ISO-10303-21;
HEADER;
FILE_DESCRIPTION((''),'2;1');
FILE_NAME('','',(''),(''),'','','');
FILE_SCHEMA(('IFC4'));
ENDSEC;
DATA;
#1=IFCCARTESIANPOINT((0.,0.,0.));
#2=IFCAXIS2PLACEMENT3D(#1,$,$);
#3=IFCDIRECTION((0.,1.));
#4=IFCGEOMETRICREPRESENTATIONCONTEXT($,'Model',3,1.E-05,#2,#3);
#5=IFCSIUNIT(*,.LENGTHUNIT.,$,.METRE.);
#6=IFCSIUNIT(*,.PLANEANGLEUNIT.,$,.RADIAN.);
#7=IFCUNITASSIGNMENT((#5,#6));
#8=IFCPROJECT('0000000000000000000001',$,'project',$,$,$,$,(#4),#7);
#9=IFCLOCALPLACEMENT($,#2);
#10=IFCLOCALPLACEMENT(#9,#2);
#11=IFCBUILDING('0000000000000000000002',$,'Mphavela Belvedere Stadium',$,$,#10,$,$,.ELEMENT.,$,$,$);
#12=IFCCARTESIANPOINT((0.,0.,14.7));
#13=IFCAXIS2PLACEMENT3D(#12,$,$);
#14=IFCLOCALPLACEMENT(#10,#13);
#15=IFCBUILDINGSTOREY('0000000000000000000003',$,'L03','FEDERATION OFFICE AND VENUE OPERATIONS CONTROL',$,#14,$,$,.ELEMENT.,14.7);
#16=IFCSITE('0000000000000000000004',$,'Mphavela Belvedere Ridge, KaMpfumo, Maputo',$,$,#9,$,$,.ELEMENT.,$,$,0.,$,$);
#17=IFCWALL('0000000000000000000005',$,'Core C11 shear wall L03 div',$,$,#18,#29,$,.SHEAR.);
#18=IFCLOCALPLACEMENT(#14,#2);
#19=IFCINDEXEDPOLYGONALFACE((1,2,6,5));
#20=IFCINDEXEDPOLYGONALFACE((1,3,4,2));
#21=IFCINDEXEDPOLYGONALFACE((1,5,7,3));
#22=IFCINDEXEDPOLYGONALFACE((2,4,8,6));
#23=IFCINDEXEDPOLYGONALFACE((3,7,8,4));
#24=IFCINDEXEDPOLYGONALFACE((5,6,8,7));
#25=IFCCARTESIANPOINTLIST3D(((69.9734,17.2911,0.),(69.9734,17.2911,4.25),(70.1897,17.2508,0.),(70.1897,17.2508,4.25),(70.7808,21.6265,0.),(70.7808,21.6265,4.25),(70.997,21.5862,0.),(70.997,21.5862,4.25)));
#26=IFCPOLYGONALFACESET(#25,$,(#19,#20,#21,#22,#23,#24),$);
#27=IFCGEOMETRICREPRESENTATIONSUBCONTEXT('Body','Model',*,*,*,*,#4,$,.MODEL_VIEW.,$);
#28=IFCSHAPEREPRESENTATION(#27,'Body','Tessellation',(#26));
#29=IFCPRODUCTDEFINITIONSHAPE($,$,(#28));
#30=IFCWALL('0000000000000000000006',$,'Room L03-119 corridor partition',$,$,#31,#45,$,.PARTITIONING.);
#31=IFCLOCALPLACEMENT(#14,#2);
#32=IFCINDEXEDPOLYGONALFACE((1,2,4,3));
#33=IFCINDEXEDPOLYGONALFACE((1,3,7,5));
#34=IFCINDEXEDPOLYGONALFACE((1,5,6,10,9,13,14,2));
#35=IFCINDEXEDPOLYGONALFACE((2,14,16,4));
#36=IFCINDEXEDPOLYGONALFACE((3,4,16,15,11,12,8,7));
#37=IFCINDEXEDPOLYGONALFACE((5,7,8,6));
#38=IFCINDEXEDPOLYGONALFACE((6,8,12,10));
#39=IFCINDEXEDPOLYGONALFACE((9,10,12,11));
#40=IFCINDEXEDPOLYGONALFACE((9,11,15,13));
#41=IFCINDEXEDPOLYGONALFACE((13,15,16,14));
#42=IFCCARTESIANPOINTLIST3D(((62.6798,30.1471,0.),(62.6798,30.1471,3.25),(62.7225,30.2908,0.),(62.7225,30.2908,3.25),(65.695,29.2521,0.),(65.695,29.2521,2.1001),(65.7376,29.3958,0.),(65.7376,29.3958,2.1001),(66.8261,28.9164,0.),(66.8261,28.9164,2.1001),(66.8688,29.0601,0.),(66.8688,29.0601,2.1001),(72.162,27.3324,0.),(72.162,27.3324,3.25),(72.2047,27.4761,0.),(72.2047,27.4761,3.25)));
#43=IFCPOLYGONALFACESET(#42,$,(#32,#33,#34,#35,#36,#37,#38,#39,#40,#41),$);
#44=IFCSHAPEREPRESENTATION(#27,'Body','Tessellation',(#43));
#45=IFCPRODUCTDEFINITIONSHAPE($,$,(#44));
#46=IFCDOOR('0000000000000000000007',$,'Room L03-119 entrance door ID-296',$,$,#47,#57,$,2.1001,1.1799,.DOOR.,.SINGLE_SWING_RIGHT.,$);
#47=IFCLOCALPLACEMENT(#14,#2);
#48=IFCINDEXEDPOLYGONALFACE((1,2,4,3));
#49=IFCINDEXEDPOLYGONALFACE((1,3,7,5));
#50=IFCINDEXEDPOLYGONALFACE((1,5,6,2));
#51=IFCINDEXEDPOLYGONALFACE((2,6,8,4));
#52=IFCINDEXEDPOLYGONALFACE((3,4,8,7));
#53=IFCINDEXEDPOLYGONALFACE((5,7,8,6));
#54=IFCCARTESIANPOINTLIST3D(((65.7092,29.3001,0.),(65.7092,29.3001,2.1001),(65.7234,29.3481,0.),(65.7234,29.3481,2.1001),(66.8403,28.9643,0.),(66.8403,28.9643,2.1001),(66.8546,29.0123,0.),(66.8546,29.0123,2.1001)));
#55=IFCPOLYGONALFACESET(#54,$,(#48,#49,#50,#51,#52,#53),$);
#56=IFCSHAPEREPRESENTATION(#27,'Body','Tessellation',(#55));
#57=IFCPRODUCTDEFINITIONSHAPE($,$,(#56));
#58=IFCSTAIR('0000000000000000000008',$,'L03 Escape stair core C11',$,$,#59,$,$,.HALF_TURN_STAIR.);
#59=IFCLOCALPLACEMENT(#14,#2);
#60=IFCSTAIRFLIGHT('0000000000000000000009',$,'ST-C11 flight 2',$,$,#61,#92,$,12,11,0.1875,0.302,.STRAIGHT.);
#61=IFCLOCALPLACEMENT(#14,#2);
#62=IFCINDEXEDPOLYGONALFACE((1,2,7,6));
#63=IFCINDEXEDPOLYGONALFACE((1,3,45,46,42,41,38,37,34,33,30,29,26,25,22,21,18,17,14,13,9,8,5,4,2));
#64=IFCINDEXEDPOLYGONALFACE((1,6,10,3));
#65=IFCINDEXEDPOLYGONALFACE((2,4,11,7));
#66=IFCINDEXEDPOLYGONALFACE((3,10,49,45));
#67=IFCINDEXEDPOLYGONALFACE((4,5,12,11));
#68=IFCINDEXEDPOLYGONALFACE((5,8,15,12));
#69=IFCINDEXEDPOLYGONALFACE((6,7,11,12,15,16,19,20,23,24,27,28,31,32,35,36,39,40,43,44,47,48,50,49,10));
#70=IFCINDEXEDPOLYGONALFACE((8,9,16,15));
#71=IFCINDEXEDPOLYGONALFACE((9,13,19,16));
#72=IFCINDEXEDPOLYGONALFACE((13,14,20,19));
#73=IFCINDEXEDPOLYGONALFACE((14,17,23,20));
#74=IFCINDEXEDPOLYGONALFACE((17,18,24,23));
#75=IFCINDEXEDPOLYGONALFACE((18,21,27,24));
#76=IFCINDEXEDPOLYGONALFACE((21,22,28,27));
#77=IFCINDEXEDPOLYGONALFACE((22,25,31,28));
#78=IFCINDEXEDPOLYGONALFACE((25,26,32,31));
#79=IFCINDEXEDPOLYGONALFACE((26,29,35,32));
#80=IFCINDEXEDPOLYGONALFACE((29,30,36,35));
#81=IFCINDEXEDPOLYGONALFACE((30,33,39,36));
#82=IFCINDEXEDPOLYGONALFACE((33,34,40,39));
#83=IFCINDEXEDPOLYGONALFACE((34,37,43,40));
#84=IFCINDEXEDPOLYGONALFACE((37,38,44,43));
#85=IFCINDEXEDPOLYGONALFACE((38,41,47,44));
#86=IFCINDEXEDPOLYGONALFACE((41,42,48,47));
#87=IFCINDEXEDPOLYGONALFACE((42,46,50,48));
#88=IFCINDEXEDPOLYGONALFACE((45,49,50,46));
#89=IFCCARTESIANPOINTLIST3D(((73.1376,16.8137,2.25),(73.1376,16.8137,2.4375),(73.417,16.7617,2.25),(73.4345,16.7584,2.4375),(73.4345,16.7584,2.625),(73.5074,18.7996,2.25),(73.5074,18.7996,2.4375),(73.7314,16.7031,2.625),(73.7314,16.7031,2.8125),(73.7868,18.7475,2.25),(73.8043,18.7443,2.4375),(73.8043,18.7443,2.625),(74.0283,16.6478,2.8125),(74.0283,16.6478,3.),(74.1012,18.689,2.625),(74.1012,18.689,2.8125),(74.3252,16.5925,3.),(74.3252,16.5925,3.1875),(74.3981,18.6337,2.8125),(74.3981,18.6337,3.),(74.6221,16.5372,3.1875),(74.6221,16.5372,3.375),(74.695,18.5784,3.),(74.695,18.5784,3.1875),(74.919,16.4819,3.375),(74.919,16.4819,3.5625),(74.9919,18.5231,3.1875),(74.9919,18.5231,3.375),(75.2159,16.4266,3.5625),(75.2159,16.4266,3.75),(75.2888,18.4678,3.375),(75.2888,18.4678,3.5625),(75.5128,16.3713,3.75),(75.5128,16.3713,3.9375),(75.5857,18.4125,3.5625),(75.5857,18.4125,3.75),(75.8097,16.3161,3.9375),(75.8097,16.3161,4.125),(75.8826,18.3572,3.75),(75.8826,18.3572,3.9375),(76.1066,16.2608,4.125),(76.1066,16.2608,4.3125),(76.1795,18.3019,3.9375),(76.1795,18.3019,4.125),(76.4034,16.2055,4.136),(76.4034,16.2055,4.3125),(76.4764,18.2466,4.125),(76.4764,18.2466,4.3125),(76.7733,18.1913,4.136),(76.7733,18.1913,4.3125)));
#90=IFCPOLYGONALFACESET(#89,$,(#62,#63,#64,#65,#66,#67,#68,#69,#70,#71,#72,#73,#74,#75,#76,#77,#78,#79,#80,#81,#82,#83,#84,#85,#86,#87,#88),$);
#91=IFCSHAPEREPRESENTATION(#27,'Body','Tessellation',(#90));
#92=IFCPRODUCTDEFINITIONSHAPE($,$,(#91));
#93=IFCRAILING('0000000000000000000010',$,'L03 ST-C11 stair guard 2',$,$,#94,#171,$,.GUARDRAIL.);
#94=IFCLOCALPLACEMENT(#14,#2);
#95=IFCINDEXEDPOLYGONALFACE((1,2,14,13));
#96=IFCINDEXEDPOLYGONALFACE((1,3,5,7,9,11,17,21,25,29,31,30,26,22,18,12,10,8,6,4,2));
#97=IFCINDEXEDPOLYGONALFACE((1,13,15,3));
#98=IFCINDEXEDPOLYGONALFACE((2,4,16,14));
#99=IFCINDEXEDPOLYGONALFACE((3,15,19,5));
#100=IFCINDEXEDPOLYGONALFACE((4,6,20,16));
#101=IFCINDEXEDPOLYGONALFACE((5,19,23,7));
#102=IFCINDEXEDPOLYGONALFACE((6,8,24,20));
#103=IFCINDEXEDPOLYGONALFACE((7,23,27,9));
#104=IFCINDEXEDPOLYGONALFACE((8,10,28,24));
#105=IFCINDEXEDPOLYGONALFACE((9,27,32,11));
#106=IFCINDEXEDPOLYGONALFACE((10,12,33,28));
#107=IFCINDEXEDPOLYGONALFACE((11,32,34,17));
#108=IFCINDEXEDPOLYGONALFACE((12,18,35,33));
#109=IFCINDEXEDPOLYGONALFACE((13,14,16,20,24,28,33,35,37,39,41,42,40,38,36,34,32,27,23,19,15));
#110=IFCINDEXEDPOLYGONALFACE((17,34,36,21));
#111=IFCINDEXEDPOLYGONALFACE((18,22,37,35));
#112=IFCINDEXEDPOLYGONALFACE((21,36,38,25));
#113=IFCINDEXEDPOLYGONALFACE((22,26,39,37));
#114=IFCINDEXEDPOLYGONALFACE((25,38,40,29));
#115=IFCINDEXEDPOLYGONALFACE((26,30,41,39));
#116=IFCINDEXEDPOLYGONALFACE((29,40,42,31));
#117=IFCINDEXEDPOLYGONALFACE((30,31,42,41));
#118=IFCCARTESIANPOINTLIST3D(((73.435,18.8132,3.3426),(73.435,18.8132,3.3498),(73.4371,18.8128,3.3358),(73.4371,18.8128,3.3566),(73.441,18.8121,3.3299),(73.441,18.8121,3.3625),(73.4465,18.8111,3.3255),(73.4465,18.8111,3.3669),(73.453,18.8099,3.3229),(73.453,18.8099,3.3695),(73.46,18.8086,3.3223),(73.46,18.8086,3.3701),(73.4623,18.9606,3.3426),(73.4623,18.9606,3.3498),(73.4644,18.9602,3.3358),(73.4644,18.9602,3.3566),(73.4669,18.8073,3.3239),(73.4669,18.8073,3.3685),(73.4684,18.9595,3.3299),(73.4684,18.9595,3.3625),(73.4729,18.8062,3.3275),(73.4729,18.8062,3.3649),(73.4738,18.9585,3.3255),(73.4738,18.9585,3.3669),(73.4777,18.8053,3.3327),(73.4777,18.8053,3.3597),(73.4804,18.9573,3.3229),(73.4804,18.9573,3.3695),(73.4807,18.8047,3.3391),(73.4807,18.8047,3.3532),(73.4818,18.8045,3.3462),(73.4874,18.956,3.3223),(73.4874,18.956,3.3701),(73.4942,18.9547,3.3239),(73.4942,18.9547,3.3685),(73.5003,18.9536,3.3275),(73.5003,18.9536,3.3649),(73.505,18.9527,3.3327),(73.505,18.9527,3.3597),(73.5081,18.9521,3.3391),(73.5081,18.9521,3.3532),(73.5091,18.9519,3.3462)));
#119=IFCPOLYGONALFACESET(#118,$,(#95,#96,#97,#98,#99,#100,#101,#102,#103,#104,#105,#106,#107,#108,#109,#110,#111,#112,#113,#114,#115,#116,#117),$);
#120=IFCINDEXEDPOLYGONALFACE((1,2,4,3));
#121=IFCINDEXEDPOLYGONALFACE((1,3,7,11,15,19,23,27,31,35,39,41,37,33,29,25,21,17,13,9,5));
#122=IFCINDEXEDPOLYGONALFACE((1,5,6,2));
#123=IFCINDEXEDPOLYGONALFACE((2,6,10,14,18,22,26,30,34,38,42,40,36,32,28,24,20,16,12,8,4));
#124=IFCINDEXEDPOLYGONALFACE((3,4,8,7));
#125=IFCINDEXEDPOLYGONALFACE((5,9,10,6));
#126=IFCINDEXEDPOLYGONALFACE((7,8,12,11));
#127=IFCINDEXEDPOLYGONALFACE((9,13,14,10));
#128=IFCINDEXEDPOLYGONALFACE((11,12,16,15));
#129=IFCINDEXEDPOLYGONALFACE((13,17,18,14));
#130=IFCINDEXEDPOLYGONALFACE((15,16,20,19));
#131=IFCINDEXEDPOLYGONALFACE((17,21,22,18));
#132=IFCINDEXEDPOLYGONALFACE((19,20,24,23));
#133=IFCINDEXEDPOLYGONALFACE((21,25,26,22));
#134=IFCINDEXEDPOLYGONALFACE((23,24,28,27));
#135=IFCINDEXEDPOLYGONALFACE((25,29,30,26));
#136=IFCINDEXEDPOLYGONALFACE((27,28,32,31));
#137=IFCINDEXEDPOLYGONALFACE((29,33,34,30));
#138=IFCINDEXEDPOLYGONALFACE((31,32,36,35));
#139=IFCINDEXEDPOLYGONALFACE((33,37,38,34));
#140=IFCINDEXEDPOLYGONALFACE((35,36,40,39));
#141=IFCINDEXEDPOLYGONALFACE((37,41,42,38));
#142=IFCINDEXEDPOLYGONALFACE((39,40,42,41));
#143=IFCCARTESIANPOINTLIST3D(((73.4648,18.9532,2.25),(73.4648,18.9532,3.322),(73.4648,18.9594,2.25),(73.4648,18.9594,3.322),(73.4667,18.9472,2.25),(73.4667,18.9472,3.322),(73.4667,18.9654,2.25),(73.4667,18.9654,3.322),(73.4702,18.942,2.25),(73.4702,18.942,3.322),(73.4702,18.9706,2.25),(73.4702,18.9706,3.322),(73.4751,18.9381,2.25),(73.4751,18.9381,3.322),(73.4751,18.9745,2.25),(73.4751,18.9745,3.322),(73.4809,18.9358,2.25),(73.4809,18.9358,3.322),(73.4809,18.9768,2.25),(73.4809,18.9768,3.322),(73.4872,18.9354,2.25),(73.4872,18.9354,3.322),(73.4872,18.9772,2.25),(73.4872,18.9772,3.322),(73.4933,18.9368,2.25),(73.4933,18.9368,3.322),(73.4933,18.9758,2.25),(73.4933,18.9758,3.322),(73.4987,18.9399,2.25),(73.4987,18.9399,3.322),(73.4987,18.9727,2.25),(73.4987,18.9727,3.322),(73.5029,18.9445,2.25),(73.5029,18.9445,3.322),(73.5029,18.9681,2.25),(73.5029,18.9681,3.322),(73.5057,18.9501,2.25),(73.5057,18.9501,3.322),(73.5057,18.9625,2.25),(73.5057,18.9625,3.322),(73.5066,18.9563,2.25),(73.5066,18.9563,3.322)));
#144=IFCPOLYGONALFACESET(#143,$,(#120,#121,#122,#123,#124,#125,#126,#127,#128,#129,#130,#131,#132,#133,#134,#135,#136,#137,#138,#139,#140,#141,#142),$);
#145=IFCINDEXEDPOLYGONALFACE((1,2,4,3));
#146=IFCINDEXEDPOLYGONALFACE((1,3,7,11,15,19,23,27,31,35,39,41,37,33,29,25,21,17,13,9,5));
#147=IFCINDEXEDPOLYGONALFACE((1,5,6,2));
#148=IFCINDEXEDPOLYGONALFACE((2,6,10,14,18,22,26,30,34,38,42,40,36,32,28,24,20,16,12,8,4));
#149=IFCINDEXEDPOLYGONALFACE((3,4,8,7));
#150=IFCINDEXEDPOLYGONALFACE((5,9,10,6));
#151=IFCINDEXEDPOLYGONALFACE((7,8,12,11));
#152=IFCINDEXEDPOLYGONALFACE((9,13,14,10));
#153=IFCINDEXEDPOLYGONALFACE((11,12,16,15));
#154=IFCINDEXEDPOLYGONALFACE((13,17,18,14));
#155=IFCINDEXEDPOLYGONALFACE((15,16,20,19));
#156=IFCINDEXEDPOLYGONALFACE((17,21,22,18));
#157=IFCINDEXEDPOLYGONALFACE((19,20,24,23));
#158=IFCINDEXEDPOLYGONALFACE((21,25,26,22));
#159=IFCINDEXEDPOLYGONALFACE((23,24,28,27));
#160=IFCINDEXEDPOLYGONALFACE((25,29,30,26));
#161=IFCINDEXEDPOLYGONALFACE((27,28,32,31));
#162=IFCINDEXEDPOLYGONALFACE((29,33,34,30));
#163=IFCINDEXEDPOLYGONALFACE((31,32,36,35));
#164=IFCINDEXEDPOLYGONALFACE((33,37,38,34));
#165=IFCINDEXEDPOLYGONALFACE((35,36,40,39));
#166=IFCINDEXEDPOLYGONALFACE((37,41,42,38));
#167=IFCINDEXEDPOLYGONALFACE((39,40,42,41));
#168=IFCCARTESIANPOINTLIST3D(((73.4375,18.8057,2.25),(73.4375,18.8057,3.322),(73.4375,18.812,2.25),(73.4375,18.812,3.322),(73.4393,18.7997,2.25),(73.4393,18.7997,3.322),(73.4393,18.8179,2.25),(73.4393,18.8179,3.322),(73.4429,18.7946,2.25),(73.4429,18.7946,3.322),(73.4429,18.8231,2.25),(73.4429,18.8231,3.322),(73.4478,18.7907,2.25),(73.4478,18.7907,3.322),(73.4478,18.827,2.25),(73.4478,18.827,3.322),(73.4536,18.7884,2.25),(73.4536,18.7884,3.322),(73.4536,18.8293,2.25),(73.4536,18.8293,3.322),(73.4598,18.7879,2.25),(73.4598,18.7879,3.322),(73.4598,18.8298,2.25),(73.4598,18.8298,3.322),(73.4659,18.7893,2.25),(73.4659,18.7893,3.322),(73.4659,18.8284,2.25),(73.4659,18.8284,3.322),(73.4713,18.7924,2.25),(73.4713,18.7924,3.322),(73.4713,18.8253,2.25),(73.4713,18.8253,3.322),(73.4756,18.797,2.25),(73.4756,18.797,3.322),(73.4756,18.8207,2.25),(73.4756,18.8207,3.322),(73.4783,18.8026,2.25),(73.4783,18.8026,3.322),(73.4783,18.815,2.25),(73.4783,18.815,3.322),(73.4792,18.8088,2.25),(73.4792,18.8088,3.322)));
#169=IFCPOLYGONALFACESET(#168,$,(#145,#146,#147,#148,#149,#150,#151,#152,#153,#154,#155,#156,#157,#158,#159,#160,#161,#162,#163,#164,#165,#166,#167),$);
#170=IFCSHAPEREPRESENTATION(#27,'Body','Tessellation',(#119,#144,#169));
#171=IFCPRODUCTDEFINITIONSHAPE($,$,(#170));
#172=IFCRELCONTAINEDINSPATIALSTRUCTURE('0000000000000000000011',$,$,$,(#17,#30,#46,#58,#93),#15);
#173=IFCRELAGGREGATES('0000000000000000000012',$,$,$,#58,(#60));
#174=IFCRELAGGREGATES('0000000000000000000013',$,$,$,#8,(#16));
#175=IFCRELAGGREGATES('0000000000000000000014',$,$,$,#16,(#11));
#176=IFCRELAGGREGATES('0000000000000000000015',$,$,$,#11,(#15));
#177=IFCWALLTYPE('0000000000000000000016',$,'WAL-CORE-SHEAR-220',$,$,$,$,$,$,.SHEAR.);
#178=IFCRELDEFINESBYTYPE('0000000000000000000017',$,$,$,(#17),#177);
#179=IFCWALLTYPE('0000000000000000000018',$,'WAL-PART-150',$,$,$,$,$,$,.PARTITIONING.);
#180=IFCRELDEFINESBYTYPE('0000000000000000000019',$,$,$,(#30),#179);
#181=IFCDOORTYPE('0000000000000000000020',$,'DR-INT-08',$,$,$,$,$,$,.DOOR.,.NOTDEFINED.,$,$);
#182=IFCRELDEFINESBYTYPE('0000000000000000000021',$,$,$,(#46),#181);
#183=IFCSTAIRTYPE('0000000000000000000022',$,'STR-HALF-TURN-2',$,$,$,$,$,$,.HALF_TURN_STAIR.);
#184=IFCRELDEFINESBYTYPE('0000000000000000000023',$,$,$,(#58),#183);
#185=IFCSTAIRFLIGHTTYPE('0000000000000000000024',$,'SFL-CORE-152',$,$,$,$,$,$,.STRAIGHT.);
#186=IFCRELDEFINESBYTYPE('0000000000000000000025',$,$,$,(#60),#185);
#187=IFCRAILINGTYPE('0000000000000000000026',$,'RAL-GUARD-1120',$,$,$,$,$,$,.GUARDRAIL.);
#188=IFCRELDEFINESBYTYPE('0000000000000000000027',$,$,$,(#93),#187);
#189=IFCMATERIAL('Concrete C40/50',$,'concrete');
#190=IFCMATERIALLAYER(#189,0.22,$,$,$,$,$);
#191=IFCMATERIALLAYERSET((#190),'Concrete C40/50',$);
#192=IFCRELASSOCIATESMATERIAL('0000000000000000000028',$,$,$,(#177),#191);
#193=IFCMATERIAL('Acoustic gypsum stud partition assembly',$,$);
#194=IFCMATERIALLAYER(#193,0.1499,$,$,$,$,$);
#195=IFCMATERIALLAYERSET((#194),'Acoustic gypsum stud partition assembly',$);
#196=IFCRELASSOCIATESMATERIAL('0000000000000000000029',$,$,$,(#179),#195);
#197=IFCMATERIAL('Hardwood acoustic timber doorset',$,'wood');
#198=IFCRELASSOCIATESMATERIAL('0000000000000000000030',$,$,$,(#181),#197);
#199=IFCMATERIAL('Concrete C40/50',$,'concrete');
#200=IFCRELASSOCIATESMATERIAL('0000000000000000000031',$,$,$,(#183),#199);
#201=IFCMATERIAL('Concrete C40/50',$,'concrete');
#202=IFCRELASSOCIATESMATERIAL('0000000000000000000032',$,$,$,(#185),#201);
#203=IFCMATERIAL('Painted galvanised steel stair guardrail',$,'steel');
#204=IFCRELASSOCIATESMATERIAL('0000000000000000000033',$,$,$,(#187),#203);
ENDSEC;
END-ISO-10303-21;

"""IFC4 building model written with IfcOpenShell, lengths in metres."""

from ifc_helpers import new_model, si_unit, direction, frame, frame_2d, origin, origin_2d, place, context, subcontext, project, spatial, polyline, rectangle, circle, outline, extrude, material, layer, layer_set, type_object, element, fill, aggregate, save


model = new_model("IFC4")

# Units and contexts
model_context = context("Model", 3, precision=1e-05, world=origin(), true_north=direction((0.0, 1.0)))
body_context = subcontext(model_context, "Body", "Model", "MODEL_VIEW")
ifc_project = project(units=[si_unit("LENGTHUNIT", "METRE"), si_unit("PLANEANGLEUNIT", "RADIAN")], contexts=[model_context])

# Site, building, storey
site_placement = place(None, origin())
site = spatial("IfcSite", under=ifc_project, at=site_placement, Name="Mphavela Belvedere Ridge, KaMpfumo, Maputo", CompositionType="ELEMENT", RefElevation=0.0)
building_placement = place(site_placement, origin())
building = spatial("IfcBuilding", under=site, at=building_placement, Name="Mphavela Belvedere Stadium", CompositionType="ELEMENT")
storey_placement = place(building_placement, frame((0.0, 0.0, 14.7)))
storey = spatial("IfcBuildingStorey", under=building, at=storey_placement, Name="L03", Description="FEDERATION OFFICE AND VENUE OPERATIONS CONTROL", CompositionType="ELEMENT", Elevation=14.7)

# Wall
ifc_material_1 = material(Name="Concrete C40/50", Category="concrete")
ifc_layer_1 = layer(ifc_material_1, 0.22)
ifc_layer_set_1 = layer_set([ifc_layer_1], Name="Concrete C40/50")
wall_type_1 = type_object("IfcWallType", Name="WAL-CORE-SHEAR-220", PredefinedType="SHEAR", material=ifc_layer_set_1)
wall_1_placement = place(storey_placement, frame((70.8889, 21.6064, 0.0), z_axis=(0.0, 0.0, 1.0), x_axis=(-0.183078, -0.983098, 0.0)))
element("IfcWall", 1, at=wall_1_placement, inside=storey, type_object=wall_type_1, Name="Core C11 shear wall L03 div", PredefinedType="SHEAR", context=body_context, shape_type="SweptSolid", body=[
    extrude(rectangle(XDim=4.4099, YDim=0.22, at=frame_2d((2.2051, 0.0))), origin(), (0.0, 0.0, 1.0), 4.25),
])

# Wall, opening, door
ifc_material_2 = material(Name="Acoustic gypsum stud partition assembly")
ifc_layer_2 = layer(ifc_material_2, 0.1499)
ifc_layer_set_2 = layer_set([ifc_layer_2], Name="Acoustic gypsum stud partition assembly")
wall_type_2 = type_object("IfcWallType", Name="WAL-PART-150", PredefinedType="PARTITIONING", material=ifc_layer_set_2)
wall_2_placement = place(storey_placement, frame((72.1833, 27.4043, 0.0), z_axis=(0.0, 0.0, 1.0), x_axis=(-0.958656, 0.284568, 0.0)))
wall_2 = element("IfcWall", 2, at=wall_2_placement, inside=storey, type_object=wall_type_2, Name="Room L03-119 corridor partition", PredefinedType="PARTITIONING", context=body_context, shape_type="SweptSolid", body=[
    extrude(rectangle(XDim=9.8911, YDim=0.1499, at=frame_2d((4.9456, 0.0))), origin(), (0.0, 0.0, 1.0), 3.25),
])
opening_placement = place(wall_2_placement, frame((5.5662, 0.0, 0.0)))
opening = element("IfcOpeningElement", 3, at=opening_placement, cuts=wall_2, PredefinedType="OPENING", context=body_context, shape_type="SweptSolid", body=[
    extrude(rectangle(XDim=1.1799, YDim=2.1001, at=frame_2d((0.5898, 1.05))), frame((0.0, 0.085, 0.0), z_axis=(0.0, -1.0, 0.0), x_axis=(1.0, 0.0, 0.0)), (0.0, 0.0, 1.0), 0.1699),
])
ifc_material_3 = material(Name="Hardwood acoustic timber doorset", Category="wood")
door_type = type_object("IfcDoorType", Name="DR-INT-08", OperationType="NOTDEFINED", PredefinedType="DOOR", material=ifc_material_3)
door_placement = place(opening_placement, origin())
door = element("IfcDoor", 4, at=door_placement, inside=storey, type_object=door_type, Name="Room L03-119 entrance door ID-296", OperationType="SINGLE_SWING_RIGHT", OverallHeight=2.1001, OverallWidth=1.1799, PredefinedType="DOOR", context=body_context, shape_type="SweptSolid", body=[
    extrude(rectangle(XDim=1.1799, YDim=2.1001, at=frame_2d((0.5898, 1.05))), frame((0.0, 0.0249, 0.0), z_axis=(0.0, -1.0, 0.0), x_axis=(1.0, 0.0, 0.0)), (0.0, 0.0, 1.0), 0.05),
])
fill(opening, door)

# Stair, stair flight
ifc_material_4 = material(Name="Concrete C40/50", Category="concrete")
stair_type = type_object("IfcStairType", Name="STR-HALF-TURN-2", PredefinedType="HALF_TURN_STAIR", material=ifc_material_4)
stair_placement = place(storey_placement, origin())
stair = element("IfcStair", 5, at=stair_placement, inside=storey, type_object=stair_type, Name="L03 Escape stair core C11", PredefinedType="HALF_TURN_STAIR")
ifc_material_5 = material(Name="Concrete C40/50", Category="concrete")
stair_flight_type = type_object("IfcStairFlightType", Name="SFL-CORE-152", PredefinedType="STRAIGHT", material=ifc_material_5)
stair_flight_placement = place(storey_placement, frame((73.3225, 17.8066, 2.25), z_axis=(0.0, 0.0, 1.0), x_axis=(0.983096, -0.183094, 0.0)))
stair_flight = element("IfcStairFlight", 6, at=stair_flight_placement, type_object=stair_flight_type, Name="ST-C11 flight 2", NumberOfRisers=12, NumberOfTreads=11, PredefinedType="STRAIGHT", RiserHeight=0.1875, TreadLength=0.302, context=body_context, shape_type="SweptSolid", body=[
    extrude(outline(polyline([(0.0, 0.0), (0.0, 0.1875), (0.302, 0.1875), (0.302, 0.375), (0.604, 0.375), (0.604, 0.5625), (0.906, 0.5625), (0.906, 0.75), (1.208, 0.75), (1.208, 0.9375), (1.51, 0.9375), (1.51, 1.125), (1.812, 1.125), (1.812, 1.3125), (2.114, 1.3125), (2.114, 1.5), (2.416, 1.5), (2.416, 1.6875), (2.718, 1.6875), (2.718, 1.875), (3.02, 1.875), (3.02, 2.0625), (3.322, 2.0625), (3.322, 2.25), (3.322, 1.886), (0.2842, 0.0), (0.0, 0.0)])), frame((0.0, 1.01, 0.0), z_axis=(0.0, -1.0, 0.0), x_axis=(1.0, 0.0, 0.0)), (0.0, 0.0, 1.0), 2.02),
])
aggregate(stair, [stair_flight])

# Railing
ifc_material_6 = material(Name="Painted galvanised steel stair guardrail", Category="steel")
railing_type_1 = type_object("IfcRailingType", Name="RAL-GUARD-1120", PredefinedType="GUARDRAIL", material=ifc_material_6)
railing_1_placement = place(storey_placement, frame((73.4856, 18.9563, 2.25)))
element("IfcRailing", 7, at=railing_1_placement, inside=storey, type_object=railing_type_1, Name="L03 ST-C11 stair guard 2", PredefinedType="GUARDRAIL", context=body_context, shape_type="SweptSolid", body=[
    extrude(circle(Radius=0.0239, at=origin_2d()), frame((0.0, 0.0, 1.0962), z_axis=(-0.182322, -0.983239, 0.0), x_axis=(0.983239, -0.182322, 0.0)), (0.0, 0.0, 1.0), 0.1499),
    extrude(circle(Radius=0.021, at=origin_2d()), origin(), (0.0, 0.0, 1.0), 1.072),
    extrude(circle(Radius=0.021, at=origin_2d()), frame((-0.0273, -0.1475, 0.0)), (0.0, 0.0, 1.0), 1.072),
])

save(model, "model.ifc")
